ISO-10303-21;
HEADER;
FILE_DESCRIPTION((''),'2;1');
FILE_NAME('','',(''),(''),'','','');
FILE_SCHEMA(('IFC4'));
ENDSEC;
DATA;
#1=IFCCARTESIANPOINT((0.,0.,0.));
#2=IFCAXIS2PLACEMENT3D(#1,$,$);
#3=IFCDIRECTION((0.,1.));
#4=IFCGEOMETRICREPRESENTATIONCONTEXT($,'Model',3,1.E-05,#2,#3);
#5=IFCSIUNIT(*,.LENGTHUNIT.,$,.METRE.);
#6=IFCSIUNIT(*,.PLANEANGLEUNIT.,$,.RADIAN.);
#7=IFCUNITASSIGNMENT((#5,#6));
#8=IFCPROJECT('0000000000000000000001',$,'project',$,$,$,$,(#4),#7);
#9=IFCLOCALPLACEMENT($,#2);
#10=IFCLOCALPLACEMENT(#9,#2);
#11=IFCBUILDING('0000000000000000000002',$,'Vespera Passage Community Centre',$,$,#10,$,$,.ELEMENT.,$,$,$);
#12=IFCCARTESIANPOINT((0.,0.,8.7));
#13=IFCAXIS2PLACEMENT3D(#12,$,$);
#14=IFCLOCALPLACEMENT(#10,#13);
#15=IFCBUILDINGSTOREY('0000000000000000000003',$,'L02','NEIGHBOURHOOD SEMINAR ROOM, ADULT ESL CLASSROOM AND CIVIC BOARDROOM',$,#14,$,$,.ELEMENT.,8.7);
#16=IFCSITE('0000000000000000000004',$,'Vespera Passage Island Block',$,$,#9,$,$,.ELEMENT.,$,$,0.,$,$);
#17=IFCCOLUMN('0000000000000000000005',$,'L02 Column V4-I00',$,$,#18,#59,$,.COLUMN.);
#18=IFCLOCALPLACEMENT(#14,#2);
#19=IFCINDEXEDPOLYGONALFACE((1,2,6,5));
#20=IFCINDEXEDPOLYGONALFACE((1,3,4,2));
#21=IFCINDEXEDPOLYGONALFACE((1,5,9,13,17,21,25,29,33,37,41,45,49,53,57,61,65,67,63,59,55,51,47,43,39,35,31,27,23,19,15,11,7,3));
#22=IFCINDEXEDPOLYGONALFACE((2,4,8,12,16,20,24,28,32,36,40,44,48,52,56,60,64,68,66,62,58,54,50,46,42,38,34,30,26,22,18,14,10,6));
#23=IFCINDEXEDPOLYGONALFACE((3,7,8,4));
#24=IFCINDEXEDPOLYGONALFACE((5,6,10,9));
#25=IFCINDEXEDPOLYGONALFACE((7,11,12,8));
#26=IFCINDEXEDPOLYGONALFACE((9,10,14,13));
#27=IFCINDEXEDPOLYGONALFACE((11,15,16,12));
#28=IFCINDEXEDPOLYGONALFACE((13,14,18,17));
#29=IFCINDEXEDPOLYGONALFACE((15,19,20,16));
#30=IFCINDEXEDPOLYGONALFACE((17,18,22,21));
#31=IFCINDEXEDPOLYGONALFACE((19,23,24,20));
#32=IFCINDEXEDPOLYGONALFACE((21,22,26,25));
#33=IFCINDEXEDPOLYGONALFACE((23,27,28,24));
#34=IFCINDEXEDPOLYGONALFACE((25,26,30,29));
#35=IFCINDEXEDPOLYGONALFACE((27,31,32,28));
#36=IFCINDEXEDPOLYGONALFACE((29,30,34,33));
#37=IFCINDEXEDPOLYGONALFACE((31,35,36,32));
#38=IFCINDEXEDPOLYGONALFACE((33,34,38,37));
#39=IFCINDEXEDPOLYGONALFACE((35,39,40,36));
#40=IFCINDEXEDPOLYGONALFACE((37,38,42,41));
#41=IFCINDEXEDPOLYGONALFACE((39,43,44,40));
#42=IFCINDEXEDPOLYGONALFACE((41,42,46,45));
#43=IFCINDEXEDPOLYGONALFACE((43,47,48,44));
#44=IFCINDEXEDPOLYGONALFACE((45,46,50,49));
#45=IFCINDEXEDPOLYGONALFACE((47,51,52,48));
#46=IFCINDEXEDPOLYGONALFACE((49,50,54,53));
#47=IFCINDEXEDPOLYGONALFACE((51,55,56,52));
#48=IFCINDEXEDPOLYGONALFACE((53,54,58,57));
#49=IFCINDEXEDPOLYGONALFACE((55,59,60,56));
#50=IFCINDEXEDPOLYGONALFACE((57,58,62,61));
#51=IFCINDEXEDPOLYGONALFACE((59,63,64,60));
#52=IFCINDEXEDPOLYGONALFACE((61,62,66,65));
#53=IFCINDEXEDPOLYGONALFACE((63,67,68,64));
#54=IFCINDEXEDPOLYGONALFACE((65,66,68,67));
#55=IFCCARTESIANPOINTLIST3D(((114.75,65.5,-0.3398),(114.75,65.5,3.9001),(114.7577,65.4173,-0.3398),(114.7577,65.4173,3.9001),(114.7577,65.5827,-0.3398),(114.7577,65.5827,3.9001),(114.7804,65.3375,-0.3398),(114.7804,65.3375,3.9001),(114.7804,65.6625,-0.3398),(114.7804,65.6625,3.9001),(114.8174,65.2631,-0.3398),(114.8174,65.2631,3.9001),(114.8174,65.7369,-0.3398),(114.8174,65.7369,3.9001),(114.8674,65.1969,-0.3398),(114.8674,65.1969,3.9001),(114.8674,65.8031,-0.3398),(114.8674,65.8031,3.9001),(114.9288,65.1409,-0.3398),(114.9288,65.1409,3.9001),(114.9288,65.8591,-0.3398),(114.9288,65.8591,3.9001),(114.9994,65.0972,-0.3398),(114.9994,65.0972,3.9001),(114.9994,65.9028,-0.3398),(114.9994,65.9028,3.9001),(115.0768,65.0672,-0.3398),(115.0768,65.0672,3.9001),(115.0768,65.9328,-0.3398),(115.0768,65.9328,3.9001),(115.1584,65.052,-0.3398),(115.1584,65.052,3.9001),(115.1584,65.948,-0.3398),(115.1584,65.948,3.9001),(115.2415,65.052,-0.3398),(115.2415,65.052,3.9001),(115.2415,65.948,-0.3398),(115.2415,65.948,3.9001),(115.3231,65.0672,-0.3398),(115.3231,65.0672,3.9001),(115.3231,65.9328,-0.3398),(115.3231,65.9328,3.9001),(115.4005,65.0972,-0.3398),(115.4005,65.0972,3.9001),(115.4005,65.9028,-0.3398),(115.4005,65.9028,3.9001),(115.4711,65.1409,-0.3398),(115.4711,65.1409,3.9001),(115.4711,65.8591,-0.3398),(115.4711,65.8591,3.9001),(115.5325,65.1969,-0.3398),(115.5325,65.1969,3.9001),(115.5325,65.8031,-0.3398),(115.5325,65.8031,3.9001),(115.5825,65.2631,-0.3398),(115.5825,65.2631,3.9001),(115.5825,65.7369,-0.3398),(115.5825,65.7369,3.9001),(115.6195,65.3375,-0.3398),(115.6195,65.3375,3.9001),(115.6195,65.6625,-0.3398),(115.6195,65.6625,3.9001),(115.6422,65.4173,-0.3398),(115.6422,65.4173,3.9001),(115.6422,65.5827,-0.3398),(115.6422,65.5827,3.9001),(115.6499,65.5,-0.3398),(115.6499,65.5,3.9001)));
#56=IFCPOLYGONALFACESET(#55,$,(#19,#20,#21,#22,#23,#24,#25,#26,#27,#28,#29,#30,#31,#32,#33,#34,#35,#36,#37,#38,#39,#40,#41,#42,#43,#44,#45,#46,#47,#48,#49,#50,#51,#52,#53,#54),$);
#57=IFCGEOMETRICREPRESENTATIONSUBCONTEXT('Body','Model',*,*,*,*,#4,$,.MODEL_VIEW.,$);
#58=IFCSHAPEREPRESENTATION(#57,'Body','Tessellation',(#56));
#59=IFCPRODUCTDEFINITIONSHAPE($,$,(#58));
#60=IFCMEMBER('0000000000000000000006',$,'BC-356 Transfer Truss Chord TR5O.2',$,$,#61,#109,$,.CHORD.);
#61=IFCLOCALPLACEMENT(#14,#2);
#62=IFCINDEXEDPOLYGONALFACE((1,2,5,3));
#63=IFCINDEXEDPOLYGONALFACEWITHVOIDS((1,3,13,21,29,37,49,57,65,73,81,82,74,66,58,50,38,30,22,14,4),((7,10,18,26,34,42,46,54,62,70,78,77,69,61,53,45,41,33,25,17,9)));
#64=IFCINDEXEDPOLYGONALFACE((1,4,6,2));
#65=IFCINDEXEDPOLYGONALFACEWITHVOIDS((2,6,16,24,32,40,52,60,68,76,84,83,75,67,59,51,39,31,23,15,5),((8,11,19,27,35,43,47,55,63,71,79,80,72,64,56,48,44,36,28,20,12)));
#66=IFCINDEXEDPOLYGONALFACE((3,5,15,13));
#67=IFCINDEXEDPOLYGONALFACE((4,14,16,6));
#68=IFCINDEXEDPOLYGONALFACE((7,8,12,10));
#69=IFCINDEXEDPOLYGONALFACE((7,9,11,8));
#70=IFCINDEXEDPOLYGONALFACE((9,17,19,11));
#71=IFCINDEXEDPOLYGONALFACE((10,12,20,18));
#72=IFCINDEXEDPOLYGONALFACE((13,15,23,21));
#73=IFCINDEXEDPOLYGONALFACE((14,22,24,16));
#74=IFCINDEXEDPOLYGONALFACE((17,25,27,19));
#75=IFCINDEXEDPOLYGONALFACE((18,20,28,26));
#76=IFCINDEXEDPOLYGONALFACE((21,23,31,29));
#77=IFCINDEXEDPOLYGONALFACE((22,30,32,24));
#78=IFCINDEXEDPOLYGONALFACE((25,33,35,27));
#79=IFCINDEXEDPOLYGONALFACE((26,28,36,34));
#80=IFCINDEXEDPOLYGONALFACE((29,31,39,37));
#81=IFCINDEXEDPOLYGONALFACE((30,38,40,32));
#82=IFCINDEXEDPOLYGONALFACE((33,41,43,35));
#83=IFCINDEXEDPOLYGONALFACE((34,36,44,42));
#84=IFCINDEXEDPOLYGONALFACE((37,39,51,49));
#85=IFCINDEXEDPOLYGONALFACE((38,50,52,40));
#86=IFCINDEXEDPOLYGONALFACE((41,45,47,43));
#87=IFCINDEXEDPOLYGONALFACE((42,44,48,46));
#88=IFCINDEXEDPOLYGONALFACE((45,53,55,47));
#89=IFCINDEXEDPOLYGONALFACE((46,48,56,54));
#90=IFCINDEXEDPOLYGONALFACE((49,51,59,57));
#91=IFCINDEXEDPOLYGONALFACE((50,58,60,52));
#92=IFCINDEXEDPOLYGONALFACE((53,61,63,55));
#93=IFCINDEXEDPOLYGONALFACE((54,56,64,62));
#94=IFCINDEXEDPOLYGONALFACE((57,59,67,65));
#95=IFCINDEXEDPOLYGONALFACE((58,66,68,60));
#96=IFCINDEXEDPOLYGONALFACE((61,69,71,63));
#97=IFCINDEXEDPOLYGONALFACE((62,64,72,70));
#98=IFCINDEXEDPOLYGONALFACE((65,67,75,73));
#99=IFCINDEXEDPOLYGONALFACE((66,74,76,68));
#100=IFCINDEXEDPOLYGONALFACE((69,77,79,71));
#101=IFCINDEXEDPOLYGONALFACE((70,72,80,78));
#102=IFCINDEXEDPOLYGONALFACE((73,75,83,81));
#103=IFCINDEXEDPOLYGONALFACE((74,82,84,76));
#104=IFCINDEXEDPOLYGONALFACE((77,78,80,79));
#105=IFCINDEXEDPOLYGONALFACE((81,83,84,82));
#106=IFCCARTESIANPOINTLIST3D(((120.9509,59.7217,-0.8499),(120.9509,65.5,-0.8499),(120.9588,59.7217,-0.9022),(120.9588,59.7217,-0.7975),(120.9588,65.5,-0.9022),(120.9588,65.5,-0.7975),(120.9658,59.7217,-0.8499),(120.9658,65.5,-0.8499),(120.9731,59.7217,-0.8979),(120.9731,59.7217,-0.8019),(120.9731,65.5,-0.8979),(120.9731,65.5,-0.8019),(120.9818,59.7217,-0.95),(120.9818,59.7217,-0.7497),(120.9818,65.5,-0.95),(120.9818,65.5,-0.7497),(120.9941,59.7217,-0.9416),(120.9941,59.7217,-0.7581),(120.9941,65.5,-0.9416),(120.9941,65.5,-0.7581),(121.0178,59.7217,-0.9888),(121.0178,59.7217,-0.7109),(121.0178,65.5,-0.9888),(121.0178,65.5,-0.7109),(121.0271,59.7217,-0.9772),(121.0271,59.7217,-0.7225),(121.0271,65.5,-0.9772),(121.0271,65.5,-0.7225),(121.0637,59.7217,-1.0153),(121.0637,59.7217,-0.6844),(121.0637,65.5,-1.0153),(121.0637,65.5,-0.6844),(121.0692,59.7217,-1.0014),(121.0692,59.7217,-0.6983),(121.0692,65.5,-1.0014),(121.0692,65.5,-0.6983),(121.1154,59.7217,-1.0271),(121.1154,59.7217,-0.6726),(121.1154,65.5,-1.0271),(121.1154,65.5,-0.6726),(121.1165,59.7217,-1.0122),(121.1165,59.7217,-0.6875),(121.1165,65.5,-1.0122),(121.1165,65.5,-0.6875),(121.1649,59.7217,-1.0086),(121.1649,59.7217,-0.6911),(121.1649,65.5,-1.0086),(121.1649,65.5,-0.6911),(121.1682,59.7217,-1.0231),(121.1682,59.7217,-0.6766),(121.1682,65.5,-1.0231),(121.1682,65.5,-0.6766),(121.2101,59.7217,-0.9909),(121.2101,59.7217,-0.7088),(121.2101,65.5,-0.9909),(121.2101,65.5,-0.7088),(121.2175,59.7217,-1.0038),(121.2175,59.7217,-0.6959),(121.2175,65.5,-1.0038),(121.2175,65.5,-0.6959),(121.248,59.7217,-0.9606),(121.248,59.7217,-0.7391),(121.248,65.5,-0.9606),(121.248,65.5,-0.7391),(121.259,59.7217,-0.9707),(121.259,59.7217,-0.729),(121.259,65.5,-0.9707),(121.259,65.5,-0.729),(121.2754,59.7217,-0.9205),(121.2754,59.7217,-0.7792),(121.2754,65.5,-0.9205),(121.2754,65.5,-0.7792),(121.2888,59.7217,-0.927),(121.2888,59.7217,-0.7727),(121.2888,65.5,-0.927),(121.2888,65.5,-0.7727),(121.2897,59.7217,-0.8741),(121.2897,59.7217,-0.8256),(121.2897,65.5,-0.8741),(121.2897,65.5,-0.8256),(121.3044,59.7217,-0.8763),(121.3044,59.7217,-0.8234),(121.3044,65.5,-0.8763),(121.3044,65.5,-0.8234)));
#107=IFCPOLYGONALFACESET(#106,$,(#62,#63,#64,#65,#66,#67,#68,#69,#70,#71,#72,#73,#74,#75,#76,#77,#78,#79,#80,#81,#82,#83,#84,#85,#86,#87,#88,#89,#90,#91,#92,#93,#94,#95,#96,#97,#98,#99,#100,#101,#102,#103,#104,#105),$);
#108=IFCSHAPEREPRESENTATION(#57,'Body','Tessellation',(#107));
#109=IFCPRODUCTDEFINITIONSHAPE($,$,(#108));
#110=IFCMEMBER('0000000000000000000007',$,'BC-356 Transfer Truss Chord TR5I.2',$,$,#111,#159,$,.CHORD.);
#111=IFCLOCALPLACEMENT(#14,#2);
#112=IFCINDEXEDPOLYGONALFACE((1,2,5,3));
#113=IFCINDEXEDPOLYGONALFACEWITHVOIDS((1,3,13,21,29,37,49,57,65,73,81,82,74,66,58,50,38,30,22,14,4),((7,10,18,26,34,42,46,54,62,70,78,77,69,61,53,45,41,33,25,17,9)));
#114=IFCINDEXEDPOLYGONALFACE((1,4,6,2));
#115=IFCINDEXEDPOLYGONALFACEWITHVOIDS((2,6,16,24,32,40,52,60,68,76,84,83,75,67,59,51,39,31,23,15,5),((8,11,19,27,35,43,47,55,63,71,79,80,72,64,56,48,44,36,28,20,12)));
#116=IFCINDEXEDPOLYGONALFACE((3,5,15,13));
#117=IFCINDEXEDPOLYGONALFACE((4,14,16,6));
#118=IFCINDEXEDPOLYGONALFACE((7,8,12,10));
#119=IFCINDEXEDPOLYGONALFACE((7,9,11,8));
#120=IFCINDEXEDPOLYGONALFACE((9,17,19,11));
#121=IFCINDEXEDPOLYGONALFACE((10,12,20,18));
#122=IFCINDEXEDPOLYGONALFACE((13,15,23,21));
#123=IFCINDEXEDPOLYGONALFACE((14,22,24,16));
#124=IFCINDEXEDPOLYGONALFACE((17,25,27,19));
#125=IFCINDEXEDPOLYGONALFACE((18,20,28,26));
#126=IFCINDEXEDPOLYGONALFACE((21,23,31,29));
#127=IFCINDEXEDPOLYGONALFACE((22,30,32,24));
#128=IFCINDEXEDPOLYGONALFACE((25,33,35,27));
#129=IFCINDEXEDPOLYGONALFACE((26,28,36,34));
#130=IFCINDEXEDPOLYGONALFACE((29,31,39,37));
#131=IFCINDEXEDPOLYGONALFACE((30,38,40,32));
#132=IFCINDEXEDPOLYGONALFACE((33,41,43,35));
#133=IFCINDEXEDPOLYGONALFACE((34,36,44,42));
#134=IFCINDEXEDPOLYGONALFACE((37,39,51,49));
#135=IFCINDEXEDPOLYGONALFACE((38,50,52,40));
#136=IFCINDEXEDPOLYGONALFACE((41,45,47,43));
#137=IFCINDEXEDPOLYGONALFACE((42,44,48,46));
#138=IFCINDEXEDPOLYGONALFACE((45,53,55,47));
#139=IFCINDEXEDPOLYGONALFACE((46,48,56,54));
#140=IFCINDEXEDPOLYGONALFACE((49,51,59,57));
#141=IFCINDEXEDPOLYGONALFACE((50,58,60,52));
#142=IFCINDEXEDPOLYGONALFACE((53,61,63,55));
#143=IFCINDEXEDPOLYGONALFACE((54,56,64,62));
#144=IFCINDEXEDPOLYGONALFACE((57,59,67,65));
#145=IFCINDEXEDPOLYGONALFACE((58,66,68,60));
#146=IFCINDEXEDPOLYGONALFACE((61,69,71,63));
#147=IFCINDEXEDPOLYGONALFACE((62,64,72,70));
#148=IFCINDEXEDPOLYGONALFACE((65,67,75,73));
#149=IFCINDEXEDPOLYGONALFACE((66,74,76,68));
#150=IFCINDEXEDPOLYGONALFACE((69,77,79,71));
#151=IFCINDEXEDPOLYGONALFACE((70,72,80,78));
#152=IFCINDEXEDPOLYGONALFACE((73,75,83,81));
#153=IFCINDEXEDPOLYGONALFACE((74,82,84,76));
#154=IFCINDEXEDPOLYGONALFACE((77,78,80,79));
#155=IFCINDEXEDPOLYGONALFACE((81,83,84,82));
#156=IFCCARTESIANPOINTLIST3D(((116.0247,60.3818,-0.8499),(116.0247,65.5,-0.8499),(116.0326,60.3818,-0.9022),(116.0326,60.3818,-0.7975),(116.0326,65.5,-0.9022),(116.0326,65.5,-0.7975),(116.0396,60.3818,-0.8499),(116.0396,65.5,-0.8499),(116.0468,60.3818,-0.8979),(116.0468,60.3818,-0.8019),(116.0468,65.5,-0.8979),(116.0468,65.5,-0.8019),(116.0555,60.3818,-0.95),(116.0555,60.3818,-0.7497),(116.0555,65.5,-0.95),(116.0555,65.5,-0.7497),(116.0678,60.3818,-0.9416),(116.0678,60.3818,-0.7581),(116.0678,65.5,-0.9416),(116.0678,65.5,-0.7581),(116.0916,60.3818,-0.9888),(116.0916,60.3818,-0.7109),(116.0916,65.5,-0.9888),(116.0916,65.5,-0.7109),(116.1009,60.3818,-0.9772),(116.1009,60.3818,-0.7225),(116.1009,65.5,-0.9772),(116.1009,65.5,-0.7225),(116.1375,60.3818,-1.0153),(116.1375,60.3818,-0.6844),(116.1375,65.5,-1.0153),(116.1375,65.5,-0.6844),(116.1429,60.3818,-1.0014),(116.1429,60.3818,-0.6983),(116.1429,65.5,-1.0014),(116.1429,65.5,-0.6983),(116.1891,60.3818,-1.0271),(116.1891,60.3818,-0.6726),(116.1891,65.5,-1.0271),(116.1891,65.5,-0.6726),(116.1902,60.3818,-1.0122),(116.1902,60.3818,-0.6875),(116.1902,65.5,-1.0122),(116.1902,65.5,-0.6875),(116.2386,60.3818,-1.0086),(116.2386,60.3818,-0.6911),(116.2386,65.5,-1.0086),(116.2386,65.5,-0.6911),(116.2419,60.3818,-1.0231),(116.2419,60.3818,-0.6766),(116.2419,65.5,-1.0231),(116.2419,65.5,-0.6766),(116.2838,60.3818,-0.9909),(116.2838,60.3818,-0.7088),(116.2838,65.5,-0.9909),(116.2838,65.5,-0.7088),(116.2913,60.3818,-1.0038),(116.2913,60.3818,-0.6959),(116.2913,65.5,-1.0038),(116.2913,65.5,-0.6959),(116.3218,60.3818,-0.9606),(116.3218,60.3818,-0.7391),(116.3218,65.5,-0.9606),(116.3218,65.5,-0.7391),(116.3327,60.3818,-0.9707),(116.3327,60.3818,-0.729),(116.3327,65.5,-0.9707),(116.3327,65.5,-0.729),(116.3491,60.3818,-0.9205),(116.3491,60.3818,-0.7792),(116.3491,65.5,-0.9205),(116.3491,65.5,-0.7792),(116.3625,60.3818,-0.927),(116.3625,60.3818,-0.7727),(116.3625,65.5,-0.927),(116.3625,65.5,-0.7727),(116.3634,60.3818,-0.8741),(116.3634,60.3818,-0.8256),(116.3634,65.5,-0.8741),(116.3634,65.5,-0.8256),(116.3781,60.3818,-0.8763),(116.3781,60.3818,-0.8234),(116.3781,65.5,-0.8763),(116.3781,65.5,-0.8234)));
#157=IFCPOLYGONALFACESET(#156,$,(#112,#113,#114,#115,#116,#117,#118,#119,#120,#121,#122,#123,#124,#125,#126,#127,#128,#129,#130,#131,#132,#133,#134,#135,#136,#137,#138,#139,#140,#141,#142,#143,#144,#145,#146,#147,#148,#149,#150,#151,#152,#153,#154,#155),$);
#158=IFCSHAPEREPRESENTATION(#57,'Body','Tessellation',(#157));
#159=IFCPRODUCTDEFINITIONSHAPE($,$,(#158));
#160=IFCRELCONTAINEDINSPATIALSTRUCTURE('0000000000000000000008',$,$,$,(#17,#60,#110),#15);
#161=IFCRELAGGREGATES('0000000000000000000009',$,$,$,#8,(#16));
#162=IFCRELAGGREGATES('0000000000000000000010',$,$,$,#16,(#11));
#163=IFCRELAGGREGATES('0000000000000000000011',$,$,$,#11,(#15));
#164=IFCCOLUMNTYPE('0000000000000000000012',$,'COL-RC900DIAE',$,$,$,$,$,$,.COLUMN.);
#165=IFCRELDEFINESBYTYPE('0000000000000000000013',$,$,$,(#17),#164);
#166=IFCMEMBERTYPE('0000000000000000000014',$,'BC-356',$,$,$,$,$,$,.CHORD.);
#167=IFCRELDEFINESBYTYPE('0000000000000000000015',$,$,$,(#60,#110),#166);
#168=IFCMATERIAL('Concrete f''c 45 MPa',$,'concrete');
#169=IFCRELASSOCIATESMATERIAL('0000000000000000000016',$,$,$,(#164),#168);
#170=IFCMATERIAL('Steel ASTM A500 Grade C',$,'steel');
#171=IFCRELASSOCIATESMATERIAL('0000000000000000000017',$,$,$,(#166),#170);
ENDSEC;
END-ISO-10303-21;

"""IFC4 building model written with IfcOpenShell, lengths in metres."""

from ifc_helpers import new_model, si_unit, direction, frame, origin, origin_2d, place, context, subcontext, project, spatial, circle, hollow_circle, extrude, material, material_profile, profile_set, type_object, element, save


model = new_model("IFC4")

# Units and contexts
model_context = context("Model", 3, precision=1e-05, world=origin(), true_north=direction((0.0, 1.0)))
body_context = subcontext(model_context, "Body", "Model", "MODEL_VIEW")
ifc_project = project(units=[si_unit("LENGTHUNIT", "METRE"), si_unit("PLANEANGLEUNIT", "RADIAN")], contexts=[model_context])

# Site, building, storey
site_placement = place(None, origin())
site = spatial("IfcSite", under=ifc_project, at=site_placement, Name="Vespera Passage Island Block", CompositionType="ELEMENT", RefElevation=0.0)
building_placement = place(site_placement, origin())
building = spatial("IfcBuilding", under=site, at=building_placement, Name="Vespera Passage Community Centre", CompositionType="ELEMENT")
storey_placement = place(building_placement, frame((0.0, 0.0, 8.7)))
storey = spatial("IfcBuildingStorey", under=building, at=storey_placement, Name="L02", Description="NEIGHBOURHOOD SEMINAR ROOM, ADULT ESL CLASSROOM AND CIVIC BOARDROOM", CompositionType="ELEMENT", Elevation=8.7)

# Column
ifc_material_1 = material(Name="Concrete f'c 45 MPa", Category="concrete")
ifc_material_profile_1 = material_profile(ifc_material_1, circle(Radius=0.45, at=origin_2d()), Name="RC900DIA")
ifc_profile_set_1 = profile_set([ifc_material_profile_1], Name="Concrete f'c 45 MPa")
column_type = type_object("IfcColumnType", Name="COL-RC900DIAE", PredefinedType="COLUMN", material=ifc_profile_set_1)
column_placement = place(storey_placement, frame((115.2, 65.5, -0.3398), z_axis=(0.0, 0.0, 1.0), x_axis=(1.0, 0.0, 0.0)))
element("IfcColumn", 1, at=column_placement, inside=storey, type_object=column_type, Name="L02 Column V4-I00", PredefinedType="COLUMN", context=body_context, shape_type="SweptSolid", body=[
    extrude(circle(Radius=0.45, at=origin_2d()), origin(), (0.0, 0.0, 1.0), 4.24),
])

# Members
ifc_material_2 = material(Name="Steel ASTM A500 Grade C", Category="steel")
ifc_material_profile_2 = material_profile(ifc_material_2, hollow_circle(Radius=0.1777, WallThickness=0.0149, at=origin_2d()), Name="CHS356X15.9")
ifc_profile_set_2 = profile_set([ifc_material_profile_2], Name="Steel ASTM A500 Grade C")
member_type_1 = type_object("IfcMemberType", Name="BC-356", PredefinedType="CHORD", material=ifc_profile_set_2)
member_1_placement = place(storey_placement, frame((121.1287, 59.7217, -0.8499), z_axis=(0.0, 1.0, 0.0), x_axis=(-1.0, 0.0, 0.0)))
element("IfcMember", 2, at=member_1_placement, inside=storey, type_object=member_type_1, Name="BC-356 Transfer Truss Chord TR5O.2", PredefinedType="CHORD", context=body_context, shape_type="SweptSolid", body=[
    extrude(hollow_circle(Radius=0.1777, WallThickness=0.0149, at=origin_2d()), origin(), (0.0, 0.0, 1.0), 5.7783),
])
for number, where, z_axis, x_axis, name in (
    (3, (116.2024, 60.3818, -0.8499), (0.0, 1.0, 0.0), (-1.0, 0.0, 0.0), "BC-356 Transfer Truss Chord TR5I.2"),
):
    element("IfcMember", number, at=place(storey_placement, frame(where, z_axis=z_axis, x_axis=x_axis)), inside=storey, type_object=member_type_1, Name=name, PredefinedType="CHORD", context=body_context, shape_type="SweptSolid", body=[
        extrude(hollow_circle(Radius=0.1777, WallThickness=0.0149, at=origin_2d()), origin(), (0.0, 0.0, 1.0), 5.1182),
    ])

save(model, "model.ifc")
